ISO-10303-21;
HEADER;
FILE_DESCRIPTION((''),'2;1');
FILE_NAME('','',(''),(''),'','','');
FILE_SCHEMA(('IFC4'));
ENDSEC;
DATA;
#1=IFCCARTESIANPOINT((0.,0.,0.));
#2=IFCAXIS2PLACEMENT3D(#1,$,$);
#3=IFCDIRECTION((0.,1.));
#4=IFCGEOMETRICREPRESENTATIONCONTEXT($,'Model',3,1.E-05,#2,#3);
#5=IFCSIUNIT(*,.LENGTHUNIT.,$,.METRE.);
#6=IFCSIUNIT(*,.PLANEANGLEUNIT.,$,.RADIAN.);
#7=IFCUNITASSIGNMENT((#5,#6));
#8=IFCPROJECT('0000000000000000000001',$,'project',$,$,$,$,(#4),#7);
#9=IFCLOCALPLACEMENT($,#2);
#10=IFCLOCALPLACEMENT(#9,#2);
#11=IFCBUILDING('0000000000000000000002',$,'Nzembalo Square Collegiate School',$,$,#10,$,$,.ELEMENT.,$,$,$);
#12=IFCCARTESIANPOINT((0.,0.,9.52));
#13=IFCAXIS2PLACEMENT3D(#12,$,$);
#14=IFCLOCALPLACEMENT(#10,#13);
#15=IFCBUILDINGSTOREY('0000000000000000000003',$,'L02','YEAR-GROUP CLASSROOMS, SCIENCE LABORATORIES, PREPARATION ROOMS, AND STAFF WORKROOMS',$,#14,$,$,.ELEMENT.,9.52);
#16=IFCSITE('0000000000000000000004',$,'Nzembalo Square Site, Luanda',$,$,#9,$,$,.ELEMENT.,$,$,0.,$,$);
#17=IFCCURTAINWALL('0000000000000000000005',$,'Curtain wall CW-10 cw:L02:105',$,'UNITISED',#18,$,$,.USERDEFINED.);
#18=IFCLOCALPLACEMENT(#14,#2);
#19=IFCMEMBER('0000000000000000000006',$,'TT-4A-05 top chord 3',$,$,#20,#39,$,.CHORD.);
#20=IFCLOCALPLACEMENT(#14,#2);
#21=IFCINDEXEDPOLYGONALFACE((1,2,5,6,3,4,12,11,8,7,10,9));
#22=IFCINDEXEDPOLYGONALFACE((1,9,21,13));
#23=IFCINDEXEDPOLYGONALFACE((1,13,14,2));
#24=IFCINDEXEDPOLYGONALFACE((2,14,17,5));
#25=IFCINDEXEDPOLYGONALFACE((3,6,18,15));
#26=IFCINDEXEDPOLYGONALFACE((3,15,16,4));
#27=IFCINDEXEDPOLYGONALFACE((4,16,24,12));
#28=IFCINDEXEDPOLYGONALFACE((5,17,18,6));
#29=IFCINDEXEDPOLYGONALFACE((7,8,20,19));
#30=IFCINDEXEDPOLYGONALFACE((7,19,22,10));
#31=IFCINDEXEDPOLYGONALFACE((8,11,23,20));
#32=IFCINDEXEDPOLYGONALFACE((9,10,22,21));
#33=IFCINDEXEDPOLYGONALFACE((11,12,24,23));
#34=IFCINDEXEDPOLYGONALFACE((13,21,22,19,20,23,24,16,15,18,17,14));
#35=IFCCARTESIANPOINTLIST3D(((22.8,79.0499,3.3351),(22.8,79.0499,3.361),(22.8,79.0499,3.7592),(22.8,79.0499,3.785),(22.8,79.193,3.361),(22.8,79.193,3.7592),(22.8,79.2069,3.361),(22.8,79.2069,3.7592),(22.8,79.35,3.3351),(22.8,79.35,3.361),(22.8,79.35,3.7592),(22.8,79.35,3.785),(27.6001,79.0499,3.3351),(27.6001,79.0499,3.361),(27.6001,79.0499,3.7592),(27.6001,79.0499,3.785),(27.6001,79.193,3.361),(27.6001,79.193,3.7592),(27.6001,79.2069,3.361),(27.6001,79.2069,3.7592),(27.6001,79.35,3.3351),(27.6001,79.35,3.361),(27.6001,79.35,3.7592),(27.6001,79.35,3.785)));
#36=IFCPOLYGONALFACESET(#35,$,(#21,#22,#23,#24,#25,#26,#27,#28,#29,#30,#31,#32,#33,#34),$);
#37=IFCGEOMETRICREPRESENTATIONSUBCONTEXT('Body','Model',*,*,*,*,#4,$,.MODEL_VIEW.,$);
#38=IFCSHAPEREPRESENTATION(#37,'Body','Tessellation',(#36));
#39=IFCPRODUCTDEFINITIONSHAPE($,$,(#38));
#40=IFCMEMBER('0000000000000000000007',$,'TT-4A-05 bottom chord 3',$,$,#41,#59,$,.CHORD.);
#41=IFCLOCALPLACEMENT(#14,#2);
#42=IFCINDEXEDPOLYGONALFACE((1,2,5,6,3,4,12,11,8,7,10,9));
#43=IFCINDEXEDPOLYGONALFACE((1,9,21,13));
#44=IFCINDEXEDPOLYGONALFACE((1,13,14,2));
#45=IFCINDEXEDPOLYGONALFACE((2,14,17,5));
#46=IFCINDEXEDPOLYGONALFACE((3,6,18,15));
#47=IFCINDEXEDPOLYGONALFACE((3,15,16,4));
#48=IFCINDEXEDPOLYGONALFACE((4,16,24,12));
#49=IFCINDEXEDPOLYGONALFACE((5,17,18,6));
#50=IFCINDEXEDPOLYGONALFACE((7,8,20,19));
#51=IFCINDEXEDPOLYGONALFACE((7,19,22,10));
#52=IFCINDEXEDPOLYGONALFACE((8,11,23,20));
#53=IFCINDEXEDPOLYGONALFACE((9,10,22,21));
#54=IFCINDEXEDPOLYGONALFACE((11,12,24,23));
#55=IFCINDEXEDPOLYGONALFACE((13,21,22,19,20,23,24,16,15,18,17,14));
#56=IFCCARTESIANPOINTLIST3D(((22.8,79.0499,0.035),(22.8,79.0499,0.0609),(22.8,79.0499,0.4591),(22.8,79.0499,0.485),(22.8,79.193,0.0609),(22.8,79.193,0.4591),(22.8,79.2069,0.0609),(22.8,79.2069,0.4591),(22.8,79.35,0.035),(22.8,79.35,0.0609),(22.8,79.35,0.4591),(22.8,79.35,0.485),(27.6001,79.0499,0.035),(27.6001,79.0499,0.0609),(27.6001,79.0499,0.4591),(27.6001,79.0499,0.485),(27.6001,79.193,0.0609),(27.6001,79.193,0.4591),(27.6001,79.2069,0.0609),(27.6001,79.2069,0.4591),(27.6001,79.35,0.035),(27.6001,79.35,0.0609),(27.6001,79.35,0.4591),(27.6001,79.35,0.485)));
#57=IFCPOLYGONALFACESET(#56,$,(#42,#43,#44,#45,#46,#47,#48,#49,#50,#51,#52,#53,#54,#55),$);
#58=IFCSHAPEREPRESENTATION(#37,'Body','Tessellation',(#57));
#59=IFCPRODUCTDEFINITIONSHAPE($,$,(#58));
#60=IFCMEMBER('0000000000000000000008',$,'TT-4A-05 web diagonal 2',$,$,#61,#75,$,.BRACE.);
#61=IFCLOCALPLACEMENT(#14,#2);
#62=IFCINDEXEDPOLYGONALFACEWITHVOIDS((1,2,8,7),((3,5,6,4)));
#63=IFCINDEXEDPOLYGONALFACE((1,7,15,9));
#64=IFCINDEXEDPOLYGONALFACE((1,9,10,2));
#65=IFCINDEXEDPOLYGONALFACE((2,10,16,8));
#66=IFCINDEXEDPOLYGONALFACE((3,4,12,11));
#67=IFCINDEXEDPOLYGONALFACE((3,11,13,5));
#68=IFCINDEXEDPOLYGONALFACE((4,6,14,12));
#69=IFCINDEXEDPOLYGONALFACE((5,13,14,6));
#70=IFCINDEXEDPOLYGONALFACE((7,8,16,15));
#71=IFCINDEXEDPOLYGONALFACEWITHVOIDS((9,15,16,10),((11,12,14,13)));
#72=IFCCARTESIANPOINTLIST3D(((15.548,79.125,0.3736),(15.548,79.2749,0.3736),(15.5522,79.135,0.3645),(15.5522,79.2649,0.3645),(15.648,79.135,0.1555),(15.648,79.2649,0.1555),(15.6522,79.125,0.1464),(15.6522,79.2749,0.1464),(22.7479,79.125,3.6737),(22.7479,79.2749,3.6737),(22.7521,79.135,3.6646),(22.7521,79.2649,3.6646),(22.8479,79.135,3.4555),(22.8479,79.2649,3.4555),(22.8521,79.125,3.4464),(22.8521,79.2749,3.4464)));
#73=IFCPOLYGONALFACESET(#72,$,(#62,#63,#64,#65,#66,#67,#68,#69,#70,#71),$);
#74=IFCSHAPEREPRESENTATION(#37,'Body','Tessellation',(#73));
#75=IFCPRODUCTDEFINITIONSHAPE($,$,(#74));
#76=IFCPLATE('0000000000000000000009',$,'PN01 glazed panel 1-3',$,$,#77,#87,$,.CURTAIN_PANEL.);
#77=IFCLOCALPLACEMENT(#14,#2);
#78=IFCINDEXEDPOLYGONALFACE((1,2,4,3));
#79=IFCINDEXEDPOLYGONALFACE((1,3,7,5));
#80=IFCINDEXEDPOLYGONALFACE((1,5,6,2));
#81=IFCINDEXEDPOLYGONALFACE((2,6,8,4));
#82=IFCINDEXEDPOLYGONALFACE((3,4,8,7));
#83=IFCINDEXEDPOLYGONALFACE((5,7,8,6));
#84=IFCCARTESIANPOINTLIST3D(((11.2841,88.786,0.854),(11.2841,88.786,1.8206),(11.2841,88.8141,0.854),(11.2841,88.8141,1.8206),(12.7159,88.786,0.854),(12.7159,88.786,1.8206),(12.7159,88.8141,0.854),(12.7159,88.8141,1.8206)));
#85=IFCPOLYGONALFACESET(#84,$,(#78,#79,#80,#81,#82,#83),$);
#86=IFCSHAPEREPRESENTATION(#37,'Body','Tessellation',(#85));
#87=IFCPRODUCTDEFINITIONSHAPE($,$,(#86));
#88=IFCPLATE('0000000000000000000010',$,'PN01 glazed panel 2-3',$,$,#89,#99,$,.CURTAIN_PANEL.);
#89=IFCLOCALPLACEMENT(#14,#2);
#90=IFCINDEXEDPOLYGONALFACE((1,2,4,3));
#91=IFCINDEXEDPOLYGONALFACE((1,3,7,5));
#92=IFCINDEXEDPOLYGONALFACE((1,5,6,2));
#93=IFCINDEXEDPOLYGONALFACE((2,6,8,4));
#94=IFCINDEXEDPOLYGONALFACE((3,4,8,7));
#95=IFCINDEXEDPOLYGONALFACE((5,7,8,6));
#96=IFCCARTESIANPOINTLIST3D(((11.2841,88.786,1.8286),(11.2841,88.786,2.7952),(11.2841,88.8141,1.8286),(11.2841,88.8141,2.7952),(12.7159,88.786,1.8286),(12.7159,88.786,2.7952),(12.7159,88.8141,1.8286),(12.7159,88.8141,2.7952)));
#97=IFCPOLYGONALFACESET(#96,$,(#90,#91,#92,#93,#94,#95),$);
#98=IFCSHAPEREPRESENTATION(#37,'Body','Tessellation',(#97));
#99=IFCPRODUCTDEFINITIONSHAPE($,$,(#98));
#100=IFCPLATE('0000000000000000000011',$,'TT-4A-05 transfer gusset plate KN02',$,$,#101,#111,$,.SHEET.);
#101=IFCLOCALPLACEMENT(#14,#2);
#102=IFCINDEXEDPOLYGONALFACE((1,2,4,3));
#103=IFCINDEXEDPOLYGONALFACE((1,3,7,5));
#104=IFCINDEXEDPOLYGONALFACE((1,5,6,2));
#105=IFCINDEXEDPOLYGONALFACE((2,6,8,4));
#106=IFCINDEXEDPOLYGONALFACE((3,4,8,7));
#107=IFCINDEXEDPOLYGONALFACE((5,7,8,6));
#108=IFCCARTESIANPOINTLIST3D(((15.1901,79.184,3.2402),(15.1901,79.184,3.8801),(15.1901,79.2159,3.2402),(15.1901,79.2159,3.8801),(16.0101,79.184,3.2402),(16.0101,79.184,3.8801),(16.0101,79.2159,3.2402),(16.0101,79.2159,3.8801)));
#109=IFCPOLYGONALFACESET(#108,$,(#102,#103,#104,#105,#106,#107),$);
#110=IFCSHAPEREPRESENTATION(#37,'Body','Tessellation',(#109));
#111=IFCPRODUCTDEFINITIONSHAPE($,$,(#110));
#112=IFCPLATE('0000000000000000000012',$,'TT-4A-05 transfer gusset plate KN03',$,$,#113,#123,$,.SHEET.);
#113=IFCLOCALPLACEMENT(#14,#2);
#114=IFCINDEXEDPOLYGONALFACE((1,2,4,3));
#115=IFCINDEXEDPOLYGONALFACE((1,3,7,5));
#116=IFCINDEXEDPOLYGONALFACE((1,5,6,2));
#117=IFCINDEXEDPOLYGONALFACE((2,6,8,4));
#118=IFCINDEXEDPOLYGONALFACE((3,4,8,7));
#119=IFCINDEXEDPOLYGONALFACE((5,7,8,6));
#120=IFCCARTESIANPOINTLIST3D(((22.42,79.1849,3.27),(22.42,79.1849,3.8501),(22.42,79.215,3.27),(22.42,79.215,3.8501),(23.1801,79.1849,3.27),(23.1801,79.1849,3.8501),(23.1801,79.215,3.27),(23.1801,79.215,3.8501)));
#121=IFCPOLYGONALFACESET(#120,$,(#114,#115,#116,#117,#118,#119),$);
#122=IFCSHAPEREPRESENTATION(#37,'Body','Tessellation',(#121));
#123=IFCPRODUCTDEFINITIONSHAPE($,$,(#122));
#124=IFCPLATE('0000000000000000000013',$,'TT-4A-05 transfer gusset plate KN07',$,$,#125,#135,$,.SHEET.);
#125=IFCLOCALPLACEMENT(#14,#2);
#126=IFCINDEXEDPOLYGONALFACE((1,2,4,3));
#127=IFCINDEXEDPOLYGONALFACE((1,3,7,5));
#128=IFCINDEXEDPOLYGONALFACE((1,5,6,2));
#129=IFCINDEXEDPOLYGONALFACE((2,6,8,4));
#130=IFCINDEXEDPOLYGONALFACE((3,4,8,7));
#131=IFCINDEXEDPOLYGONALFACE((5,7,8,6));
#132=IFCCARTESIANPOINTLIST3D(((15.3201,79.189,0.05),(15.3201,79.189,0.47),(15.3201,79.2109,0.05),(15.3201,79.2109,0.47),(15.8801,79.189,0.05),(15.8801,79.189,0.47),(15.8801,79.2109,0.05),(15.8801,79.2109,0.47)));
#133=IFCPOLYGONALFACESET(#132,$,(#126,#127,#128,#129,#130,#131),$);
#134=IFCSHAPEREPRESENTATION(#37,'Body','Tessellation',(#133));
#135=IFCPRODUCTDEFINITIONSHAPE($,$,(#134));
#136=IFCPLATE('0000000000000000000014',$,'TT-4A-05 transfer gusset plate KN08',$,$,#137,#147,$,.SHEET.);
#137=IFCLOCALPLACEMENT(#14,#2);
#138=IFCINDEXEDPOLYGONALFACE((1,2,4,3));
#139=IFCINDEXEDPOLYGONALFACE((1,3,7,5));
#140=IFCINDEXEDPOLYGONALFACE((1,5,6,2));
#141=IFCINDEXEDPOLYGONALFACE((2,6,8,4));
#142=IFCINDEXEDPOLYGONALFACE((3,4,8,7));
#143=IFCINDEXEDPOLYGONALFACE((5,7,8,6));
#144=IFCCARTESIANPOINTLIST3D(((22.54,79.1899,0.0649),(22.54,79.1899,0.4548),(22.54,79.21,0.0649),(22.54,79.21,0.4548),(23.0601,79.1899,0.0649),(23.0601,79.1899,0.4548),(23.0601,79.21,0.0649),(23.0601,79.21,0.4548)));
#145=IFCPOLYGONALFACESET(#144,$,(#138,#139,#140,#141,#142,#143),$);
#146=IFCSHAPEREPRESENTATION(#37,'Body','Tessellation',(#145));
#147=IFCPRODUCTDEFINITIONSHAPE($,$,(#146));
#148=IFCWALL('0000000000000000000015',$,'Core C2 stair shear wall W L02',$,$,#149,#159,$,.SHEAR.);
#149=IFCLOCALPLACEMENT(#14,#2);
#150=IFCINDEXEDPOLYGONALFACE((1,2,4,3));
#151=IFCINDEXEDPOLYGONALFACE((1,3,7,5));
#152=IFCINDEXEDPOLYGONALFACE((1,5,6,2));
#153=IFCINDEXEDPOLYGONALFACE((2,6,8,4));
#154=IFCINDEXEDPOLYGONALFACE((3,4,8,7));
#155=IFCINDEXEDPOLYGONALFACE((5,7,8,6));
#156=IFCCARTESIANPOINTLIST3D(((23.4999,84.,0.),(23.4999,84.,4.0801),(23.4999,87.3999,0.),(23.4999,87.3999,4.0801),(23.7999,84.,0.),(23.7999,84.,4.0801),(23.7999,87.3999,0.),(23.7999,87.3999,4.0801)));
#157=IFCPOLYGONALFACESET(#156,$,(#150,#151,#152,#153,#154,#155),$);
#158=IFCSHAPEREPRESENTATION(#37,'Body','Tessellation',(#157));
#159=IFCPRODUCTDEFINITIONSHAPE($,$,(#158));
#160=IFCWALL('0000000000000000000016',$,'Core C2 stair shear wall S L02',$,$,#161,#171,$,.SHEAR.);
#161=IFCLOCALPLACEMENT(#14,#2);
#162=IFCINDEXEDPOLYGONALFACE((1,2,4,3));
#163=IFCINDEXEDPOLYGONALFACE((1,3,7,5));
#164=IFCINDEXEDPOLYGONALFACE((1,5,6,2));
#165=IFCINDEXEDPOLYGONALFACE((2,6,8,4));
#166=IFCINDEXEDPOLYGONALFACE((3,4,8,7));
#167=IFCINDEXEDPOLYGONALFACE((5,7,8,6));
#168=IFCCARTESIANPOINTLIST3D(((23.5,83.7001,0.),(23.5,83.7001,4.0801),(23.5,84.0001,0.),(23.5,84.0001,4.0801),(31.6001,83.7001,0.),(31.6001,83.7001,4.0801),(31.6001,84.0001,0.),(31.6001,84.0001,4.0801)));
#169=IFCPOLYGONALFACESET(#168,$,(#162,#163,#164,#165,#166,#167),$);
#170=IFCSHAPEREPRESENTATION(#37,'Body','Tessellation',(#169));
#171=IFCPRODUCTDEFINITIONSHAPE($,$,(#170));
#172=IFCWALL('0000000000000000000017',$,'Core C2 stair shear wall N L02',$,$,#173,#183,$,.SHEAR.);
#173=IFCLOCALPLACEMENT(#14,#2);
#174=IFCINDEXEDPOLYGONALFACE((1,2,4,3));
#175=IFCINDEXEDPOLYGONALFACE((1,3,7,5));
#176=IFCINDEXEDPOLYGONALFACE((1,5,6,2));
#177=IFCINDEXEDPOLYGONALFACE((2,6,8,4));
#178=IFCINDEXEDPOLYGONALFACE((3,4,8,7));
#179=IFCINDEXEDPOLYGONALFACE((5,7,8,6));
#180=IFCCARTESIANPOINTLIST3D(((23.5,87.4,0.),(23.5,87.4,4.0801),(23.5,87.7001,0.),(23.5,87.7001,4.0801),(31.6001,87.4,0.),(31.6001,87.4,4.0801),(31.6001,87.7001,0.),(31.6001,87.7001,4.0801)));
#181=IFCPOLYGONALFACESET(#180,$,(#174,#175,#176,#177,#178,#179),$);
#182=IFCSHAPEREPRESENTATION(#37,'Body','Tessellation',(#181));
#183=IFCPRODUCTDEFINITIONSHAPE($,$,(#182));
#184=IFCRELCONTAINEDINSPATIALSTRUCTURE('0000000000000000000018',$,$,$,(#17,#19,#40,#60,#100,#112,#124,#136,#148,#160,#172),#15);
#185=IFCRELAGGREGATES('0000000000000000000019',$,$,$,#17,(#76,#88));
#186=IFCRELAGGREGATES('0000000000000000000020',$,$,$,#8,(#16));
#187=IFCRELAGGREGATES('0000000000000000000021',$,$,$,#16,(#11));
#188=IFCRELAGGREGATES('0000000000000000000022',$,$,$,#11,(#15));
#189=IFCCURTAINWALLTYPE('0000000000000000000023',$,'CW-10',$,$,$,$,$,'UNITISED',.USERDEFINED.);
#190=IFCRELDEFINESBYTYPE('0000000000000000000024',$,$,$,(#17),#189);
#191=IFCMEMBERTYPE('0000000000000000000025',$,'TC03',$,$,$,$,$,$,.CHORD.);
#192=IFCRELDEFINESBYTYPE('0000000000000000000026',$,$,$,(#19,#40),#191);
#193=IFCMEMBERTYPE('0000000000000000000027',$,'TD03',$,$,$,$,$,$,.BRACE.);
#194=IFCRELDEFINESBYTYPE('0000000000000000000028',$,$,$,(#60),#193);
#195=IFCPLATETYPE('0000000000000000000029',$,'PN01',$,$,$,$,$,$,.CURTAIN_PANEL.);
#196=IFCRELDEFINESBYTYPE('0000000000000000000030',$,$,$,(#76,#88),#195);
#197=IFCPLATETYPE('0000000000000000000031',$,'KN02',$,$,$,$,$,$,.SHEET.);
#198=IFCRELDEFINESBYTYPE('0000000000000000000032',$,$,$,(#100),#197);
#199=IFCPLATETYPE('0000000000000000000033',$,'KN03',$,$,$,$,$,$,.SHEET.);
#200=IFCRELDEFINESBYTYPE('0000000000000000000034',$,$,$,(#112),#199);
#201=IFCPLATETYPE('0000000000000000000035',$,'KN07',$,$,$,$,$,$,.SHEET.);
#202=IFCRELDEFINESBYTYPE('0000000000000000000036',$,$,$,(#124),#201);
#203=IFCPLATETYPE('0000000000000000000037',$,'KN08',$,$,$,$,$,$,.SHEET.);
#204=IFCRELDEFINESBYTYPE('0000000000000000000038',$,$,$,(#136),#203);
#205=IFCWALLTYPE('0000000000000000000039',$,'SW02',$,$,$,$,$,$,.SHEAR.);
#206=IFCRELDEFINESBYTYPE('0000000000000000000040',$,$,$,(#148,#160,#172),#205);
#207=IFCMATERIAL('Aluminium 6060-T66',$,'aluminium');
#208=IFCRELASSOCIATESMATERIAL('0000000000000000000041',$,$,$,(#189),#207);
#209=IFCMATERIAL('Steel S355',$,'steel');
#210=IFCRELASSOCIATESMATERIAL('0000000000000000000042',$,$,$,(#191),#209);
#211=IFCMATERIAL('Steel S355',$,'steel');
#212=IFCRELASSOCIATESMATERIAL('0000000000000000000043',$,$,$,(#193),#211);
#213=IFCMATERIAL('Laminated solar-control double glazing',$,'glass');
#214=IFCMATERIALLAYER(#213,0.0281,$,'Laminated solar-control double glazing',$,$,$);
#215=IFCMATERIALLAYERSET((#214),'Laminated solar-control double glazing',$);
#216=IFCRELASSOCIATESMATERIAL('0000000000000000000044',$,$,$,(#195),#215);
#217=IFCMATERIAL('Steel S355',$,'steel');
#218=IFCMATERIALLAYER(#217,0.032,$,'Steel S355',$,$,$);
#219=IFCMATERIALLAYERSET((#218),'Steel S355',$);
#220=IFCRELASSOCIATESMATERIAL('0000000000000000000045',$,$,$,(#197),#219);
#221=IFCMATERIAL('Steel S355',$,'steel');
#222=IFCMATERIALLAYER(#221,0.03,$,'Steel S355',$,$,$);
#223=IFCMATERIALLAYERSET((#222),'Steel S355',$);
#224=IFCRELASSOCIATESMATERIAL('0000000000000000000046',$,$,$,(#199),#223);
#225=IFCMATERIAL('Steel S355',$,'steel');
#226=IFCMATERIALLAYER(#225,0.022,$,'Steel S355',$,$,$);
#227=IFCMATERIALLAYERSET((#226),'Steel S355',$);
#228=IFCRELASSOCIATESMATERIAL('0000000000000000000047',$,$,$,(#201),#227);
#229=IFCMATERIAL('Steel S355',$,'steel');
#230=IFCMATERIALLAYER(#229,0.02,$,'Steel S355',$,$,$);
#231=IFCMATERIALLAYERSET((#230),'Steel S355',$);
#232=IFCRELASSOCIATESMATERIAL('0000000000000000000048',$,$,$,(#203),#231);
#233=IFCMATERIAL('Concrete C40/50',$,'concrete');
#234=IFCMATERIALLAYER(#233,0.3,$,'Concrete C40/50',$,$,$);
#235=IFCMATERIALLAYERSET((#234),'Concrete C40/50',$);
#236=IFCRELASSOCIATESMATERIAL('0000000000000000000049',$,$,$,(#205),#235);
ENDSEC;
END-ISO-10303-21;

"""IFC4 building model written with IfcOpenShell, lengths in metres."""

from ifc_helpers import new_model, si_unit, direction, frame, frame_2d, origin, origin_2d, place, context, subcontext, project, spatial, rectangle, hollow_rectangle, i_section, extrude, material, layer, layer_set, material_profile, profile_set, type_object, element, aggregate, save


model = new_model("IFC4")

# Units and contexts
model_context = context("Model", 3, precision=1e-05, world=origin(), true_north=direction((0.0, 1.0)))
body_context = subcontext(model_context, "Body", "Model", "MODEL_VIEW")
ifc_project = project(units=[si_unit("LENGTHUNIT", "METRE"), si_unit("PLANEANGLEUNIT", "RADIAN")], contexts=[model_context])

# Site, building, storey
site_placement = place(None, origin())
site = spatial("IfcSite", under=ifc_project, at=site_placement, Name="Nzembalo Square Site, Luanda", CompositionType="ELEMENT", RefElevation=0.0)
building_placement = place(site_placement, origin())
building = spatial("IfcBuilding", under=site, at=building_placement, Name="Nzembalo Square Collegiate School", CompositionType="ELEMENT")
storey_placement = place(building_placement, frame((0.0, 0.0, 9.52)))
storey = spatial("IfcBuildingStorey", under=building, at=storey_placement, Name="L02", Description="YEAR-GROUP CLASSROOMS, SCIENCE LABORATORIES, PREPARATION ROOMS, AND STAFF WORKROOMS", CompositionType="ELEMENT", Elevation=9.52)

# Curtain wall
ifc_material_1 = material(Name="Aluminium 6060-T66", Category="aluminium")
curtain_wall_type = type_object("IfcCurtainWallType", Name="CW-10", ElementType="UNITISED", PredefinedType="USERDEFINED", material=ifc_material_1)
curtain_wall_placement = place(storey_placement, origin())
curtain_wall = element("IfcCurtainWall", 1, at=curtain_wall_placement, inside=storey, type_object=curtain_wall_type, Name="Curtain wall CW-10 cw:L02:105", ObjectType="UNITISED", PredefinedType="USERDEFINED")

# Members
ifc_material_2 = material(Name="Steel S355", Category="steel")
ifc_material_profile_1 = material_profile(ifc_material_2, i_section(OverallWidth=0.3, OverallDepth=0.45, WebThickness=0.0139, FlangeThickness=0.0259, at=origin_2d()), Name="HEB 450")
ifc_profile_set_1 = profile_set([ifc_material_profile_1], Name="Steel S355")
member_type_1 = type_object("IfcMemberType", Name="TC03", PredefinedType="CHORD", material=ifc_profile_set_1)
for number, where, z_axis, x_axis, name in (
    (2, (22.8, 79.2, 3.5601), (1.0, 0.0, 0.0), (0.0, 1.0, 0.0), "TT-4A-05 top chord 3"),
    (3, (22.8, 79.2, 0.26), (1.0, 0.0, 0.0), (0.0, 1.0, 0.0), "TT-4A-05 bottom chord 3"),
):
    element("IfcMember", number, at=place(storey_placement, frame(where, z_axis=z_axis, x_axis=x_axis)), inside=storey, type_object=member_type_1, Name=name, PredefinedType="CHORD", context=body_context, shape_type="SweptSolid", body=[
        extrude(i_section(OverallWidth=0.3, OverallDepth=0.45, WebThickness=0.0139, FlangeThickness=0.0259, at=origin_2d()), origin(), (0.0, 0.0, 1.0), 4.8),
    ])
ifc_material_3 = material(Name="Steel S355", Category="steel")
ifc_material_profile_2 = material_profile(ifc_material_3, hollow_rectangle(XDim=0.1499, YDim=0.25, WallThickness=0.01, at=origin_2d()), Name="RHS 250x150x10")
ifc_profile_set_2 = profile_set([ifc_material_profile_2], Name="Steel S355")
member_type_2 = type_object("IfcMemberType", Name="TD03", PredefinedType="BRACE", material=ifc_profile_set_2)
member_1_placement = place(storey_placement, frame((15.6001, 79.2, 0.26), z_axis=(0.909061, 0.0, 0.416662), x_axis=(0.0, 1.0, 0.0)))
element("IfcMember", 4, at=member_1_placement, inside=storey, type_object=member_type_2, Name="TT-4A-05 web diagonal 2", PredefinedType="BRACE", context=body_context, shape_type="SweptSolid", body=[
    extrude(hollow_rectangle(XDim=0.1499, YDim=0.25, WallThickness=0.01, at=origin_2d()), origin(), (0.0, 0.0, 1.0), 7.9202),
])

# Plates
ifc_material_4 = material(Name="Laminated solar-control double glazing", Category="glass")
ifc_layer_1 = layer(ifc_material_4, 0.0281, Name="Laminated solar-control double glazing")
ifc_layer_set_1 = layer_set([ifc_layer_1], Name="Laminated solar-control double glazing")
plate_type_1 = type_object("IfcPlateType", Name="PN01", PredefinedType="CURTAIN_PANEL", material=ifc_layer_set_1)
plate_1_placement = place(storey_placement, frame((12.0, 88.8, 0.854), z_axis=(0.0, 0.0, 1.0), x_axis=(1.0, 0.0, 0.0)))
plate_1 = element("IfcPlate", 5, at=plate_1_placement, type_object=plate_type_1, Name="PN01 glazed panel 1-3", PredefinedType="CURTAIN_PANEL", context=body_context, shape_type="SweptSolid", body=[
    extrude(rectangle(XDim=1.4319, YDim=0.0281, at=origin_2d()), origin(), (0.0, 0.0, 1.0), 0.9666),
])
plate_2_placement = place(storey_placement, frame((12.0, 88.8, 1.8286), z_axis=(0.0, 0.0, 1.0), x_axis=(1.0, 0.0, 0.0)))
plate_2 = element("IfcPlate", 6, at=plate_2_placement, type_object=plate_type_1, Name="PN01 glazed panel 2-3", PredefinedType="CURTAIN_PANEL", context=body_context, shape_type="SweptSolid", body=[
    extrude(rectangle(XDim=1.4319, YDim=0.0281, at=origin_2d()), origin(), (0.0, 0.0, 1.0), 0.9666),
])
aggregate(curtain_wall, [plate_1, plate_2])

# Plates
ifc_material_5 = material(Name="Steel S355", Category="steel")
ifc_layer_2 = layer(ifc_material_5, 0.032, Name="Steel S355")
ifc_layer_set_2 = layer_set([ifc_layer_2], Name="Steel S355")
plate_type_2 = type_object("IfcPlateType", Name="KN02", PredefinedType="SHEET", material=ifc_layer_set_2)
plate_3_placement = place(storey_placement, frame((15.6001, 79.2, 3.2402), z_axis=(0.0, 0.0, 1.0), x_axis=(1.0, 0.0, 0.0)))
element("IfcPlate", 7, at=plate_3_placement, inside=storey, type_object=plate_type_2, Name="TT-4A-05 transfer gusset plate KN02", PredefinedType="SHEET", context=body_context, shape_type="SweptSolid", body=[
    extrude(rectangle(XDim=0.8201, YDim=0.032, at=origin_2d()), origin(), (0.0, 0.0, 1.0), 0.6399),
])
ifc_material_6 = material(Name="Steel S355", Category="steel")
ifc_layer_3 = layer(ifc_material_6, 0.03, Name="Steel S355")
ifc_layer_set_3 = layer_set([ifc_layer_3], Name="Steel S355")
plate_type_3 = type_object("IfcPlateType", Name="KN03", PredefinedType="SHEET", material=ifc_layer_set_3)
plate_4_placement = place(storey_placement, frame((22.8, 79.2, 3.27), z_axis=(0.0, 0.0, 1.0), x_axis=(1.0, 0.0, 0.0)))
element("IfcPlate", 8, at=plate_4_placement, inside=storey, type_object=plate_type_3, Name="TT-4A-05 transfer gusset plate KN03", PredefinedType="SHEET", context=body_context, shape_type="SweptSolid", body=[
    extrude(rectangle(XDim=0.76, YDim=0.03, at=origin_2d()), origin(), (0.0, 0.0, 1.0), 0.5801),
])
ifc_material_7 = material(Name="Steel S355", Category="steel")
ifc_layer_4 = layer(ifc_material_7, 0.022, Name="Steel S355")
ifc_layer_set_4 = layer_set([ifc_layer_4], Name="Steel S355")
plate_type_4 = type_object("IfcPlateType", Name="KN07", PredefinedType="SHEET", material=ifc_layer_set_4)
plate_5_placement = place(storey_placement, frame((15.6001, 79.2, 0.05), z_axis=(0.0, 0.0, 1.0), x_axis=(1.0, 0.0, 0.0)))
element("IfcPlate", 9, at=plate_5_placement, inside=storey, type_object=plate_type_4, Name="TT-4A-05 transfer gusset plate KN07", PredefinedType="SHEET", context=body_context, shape_type="SweptSolid", body=[
    extrude(rectangle(XDim=0.5601, YDim=0.022, at=origin_2d()), origin(), (0.0, 0.0, 1.0), 0.4199),
])
ifc_material_8 = material(Name="Steel S355", Category="steel")
ifc_layer_5 = layer(ifc_material_8, 0.02, Name="Steel S355")
ifc_layer_set_5 = layer_set([ifc_layer_5], Name="Steel S355")
plate_type_5 = type_object("IfcPlateType", Name="KN08", PredefinedType="SHEET", material=ifc_layer_set_5)
plate_6_placement = place(storey_placement, frame((22.8, 79.2, 0.0649), z_axis=(0.0, 0.0, 1.0), x_axis=(1.0, 0.0, 0.0)))
element("IfcPlate", 10, at=plate_6_placement, inside=storey, type_object=plate_type_5, Name="TT-4A-05 transfer gusset plate KN08", PredefinedType="SHEET", context=body_context, shape_type="SweptSolid", body=[
    extrude(rectangle(XDim=0.52, YDim=0.02, at=origin_2d()), origin(), (0.0, 0.0, 1.0), 0.3899),
])

# Walls
ifc_material_9 = material(Name="Concrete C40/50", Category="concrete")
ifc_layer_6 = layer(ifc_material_9, 0.3, Name="Concrete C40/50")
ifc_layer_set_6 = layer_set([ifc_layer_6], Name="Concrete C40/50")
wall_type_1 = type_object("IfcWallType", Name="SW02", PredefinedType="SHEAR", material=ifc_layer_set_6)
wall_1_placement = place(storey_placement, frame((23.6499, 84.0, 0.0), z_axis=(0.0, 0.0, 1.0), x_axis=(0.0, 1.0, 0.0)))
element("IfcWall", 11, at=wall_1_placement, inside=storey, type_object=wall_type_1, Name="Core C2 stair shear wall W L02", PredefinedType="SHEAR", context=body_context, shape_type="SweptSolid", body=[
    extrude(rectangle(XDim=3.3999, YDim=0.3, at=frame_2d((1.7, 0.0))), origin(), (0.0, 0.0, 1.0), 4.0801),
])
for number, where, z_axis, x_axis, name in (
    (12, (23.5, 83.8501, 0.0), (0.0, 0.0, 1.0), (1.0, 0.0, 0.0), "Core C2 stair shear wall S L02"),
    (13, (23.5, 87.55, 0.0), (0.0, 0.0, 1.0), (1.0, 0.0, 0.0), "Core C2 stair shear wall N L02"),
):
    element("IfcWall", number, at=place(storey_placement, frame(where, z_axis=z_axis, x_axis=x_axis)), inside=storey, type_object=wall_type_1, Name=name, PredefinedType="SHEAR", context=body_context, shape_type="SweptSolid", body=[
        extrude(rectangle(XDim=8.1001, YDim=0.3, at=frame_2d((4.05, 0.0))), origin(), (0.0, 0.0, 1.0), 4.0801),
    ])

save(model, "model.ifc")
